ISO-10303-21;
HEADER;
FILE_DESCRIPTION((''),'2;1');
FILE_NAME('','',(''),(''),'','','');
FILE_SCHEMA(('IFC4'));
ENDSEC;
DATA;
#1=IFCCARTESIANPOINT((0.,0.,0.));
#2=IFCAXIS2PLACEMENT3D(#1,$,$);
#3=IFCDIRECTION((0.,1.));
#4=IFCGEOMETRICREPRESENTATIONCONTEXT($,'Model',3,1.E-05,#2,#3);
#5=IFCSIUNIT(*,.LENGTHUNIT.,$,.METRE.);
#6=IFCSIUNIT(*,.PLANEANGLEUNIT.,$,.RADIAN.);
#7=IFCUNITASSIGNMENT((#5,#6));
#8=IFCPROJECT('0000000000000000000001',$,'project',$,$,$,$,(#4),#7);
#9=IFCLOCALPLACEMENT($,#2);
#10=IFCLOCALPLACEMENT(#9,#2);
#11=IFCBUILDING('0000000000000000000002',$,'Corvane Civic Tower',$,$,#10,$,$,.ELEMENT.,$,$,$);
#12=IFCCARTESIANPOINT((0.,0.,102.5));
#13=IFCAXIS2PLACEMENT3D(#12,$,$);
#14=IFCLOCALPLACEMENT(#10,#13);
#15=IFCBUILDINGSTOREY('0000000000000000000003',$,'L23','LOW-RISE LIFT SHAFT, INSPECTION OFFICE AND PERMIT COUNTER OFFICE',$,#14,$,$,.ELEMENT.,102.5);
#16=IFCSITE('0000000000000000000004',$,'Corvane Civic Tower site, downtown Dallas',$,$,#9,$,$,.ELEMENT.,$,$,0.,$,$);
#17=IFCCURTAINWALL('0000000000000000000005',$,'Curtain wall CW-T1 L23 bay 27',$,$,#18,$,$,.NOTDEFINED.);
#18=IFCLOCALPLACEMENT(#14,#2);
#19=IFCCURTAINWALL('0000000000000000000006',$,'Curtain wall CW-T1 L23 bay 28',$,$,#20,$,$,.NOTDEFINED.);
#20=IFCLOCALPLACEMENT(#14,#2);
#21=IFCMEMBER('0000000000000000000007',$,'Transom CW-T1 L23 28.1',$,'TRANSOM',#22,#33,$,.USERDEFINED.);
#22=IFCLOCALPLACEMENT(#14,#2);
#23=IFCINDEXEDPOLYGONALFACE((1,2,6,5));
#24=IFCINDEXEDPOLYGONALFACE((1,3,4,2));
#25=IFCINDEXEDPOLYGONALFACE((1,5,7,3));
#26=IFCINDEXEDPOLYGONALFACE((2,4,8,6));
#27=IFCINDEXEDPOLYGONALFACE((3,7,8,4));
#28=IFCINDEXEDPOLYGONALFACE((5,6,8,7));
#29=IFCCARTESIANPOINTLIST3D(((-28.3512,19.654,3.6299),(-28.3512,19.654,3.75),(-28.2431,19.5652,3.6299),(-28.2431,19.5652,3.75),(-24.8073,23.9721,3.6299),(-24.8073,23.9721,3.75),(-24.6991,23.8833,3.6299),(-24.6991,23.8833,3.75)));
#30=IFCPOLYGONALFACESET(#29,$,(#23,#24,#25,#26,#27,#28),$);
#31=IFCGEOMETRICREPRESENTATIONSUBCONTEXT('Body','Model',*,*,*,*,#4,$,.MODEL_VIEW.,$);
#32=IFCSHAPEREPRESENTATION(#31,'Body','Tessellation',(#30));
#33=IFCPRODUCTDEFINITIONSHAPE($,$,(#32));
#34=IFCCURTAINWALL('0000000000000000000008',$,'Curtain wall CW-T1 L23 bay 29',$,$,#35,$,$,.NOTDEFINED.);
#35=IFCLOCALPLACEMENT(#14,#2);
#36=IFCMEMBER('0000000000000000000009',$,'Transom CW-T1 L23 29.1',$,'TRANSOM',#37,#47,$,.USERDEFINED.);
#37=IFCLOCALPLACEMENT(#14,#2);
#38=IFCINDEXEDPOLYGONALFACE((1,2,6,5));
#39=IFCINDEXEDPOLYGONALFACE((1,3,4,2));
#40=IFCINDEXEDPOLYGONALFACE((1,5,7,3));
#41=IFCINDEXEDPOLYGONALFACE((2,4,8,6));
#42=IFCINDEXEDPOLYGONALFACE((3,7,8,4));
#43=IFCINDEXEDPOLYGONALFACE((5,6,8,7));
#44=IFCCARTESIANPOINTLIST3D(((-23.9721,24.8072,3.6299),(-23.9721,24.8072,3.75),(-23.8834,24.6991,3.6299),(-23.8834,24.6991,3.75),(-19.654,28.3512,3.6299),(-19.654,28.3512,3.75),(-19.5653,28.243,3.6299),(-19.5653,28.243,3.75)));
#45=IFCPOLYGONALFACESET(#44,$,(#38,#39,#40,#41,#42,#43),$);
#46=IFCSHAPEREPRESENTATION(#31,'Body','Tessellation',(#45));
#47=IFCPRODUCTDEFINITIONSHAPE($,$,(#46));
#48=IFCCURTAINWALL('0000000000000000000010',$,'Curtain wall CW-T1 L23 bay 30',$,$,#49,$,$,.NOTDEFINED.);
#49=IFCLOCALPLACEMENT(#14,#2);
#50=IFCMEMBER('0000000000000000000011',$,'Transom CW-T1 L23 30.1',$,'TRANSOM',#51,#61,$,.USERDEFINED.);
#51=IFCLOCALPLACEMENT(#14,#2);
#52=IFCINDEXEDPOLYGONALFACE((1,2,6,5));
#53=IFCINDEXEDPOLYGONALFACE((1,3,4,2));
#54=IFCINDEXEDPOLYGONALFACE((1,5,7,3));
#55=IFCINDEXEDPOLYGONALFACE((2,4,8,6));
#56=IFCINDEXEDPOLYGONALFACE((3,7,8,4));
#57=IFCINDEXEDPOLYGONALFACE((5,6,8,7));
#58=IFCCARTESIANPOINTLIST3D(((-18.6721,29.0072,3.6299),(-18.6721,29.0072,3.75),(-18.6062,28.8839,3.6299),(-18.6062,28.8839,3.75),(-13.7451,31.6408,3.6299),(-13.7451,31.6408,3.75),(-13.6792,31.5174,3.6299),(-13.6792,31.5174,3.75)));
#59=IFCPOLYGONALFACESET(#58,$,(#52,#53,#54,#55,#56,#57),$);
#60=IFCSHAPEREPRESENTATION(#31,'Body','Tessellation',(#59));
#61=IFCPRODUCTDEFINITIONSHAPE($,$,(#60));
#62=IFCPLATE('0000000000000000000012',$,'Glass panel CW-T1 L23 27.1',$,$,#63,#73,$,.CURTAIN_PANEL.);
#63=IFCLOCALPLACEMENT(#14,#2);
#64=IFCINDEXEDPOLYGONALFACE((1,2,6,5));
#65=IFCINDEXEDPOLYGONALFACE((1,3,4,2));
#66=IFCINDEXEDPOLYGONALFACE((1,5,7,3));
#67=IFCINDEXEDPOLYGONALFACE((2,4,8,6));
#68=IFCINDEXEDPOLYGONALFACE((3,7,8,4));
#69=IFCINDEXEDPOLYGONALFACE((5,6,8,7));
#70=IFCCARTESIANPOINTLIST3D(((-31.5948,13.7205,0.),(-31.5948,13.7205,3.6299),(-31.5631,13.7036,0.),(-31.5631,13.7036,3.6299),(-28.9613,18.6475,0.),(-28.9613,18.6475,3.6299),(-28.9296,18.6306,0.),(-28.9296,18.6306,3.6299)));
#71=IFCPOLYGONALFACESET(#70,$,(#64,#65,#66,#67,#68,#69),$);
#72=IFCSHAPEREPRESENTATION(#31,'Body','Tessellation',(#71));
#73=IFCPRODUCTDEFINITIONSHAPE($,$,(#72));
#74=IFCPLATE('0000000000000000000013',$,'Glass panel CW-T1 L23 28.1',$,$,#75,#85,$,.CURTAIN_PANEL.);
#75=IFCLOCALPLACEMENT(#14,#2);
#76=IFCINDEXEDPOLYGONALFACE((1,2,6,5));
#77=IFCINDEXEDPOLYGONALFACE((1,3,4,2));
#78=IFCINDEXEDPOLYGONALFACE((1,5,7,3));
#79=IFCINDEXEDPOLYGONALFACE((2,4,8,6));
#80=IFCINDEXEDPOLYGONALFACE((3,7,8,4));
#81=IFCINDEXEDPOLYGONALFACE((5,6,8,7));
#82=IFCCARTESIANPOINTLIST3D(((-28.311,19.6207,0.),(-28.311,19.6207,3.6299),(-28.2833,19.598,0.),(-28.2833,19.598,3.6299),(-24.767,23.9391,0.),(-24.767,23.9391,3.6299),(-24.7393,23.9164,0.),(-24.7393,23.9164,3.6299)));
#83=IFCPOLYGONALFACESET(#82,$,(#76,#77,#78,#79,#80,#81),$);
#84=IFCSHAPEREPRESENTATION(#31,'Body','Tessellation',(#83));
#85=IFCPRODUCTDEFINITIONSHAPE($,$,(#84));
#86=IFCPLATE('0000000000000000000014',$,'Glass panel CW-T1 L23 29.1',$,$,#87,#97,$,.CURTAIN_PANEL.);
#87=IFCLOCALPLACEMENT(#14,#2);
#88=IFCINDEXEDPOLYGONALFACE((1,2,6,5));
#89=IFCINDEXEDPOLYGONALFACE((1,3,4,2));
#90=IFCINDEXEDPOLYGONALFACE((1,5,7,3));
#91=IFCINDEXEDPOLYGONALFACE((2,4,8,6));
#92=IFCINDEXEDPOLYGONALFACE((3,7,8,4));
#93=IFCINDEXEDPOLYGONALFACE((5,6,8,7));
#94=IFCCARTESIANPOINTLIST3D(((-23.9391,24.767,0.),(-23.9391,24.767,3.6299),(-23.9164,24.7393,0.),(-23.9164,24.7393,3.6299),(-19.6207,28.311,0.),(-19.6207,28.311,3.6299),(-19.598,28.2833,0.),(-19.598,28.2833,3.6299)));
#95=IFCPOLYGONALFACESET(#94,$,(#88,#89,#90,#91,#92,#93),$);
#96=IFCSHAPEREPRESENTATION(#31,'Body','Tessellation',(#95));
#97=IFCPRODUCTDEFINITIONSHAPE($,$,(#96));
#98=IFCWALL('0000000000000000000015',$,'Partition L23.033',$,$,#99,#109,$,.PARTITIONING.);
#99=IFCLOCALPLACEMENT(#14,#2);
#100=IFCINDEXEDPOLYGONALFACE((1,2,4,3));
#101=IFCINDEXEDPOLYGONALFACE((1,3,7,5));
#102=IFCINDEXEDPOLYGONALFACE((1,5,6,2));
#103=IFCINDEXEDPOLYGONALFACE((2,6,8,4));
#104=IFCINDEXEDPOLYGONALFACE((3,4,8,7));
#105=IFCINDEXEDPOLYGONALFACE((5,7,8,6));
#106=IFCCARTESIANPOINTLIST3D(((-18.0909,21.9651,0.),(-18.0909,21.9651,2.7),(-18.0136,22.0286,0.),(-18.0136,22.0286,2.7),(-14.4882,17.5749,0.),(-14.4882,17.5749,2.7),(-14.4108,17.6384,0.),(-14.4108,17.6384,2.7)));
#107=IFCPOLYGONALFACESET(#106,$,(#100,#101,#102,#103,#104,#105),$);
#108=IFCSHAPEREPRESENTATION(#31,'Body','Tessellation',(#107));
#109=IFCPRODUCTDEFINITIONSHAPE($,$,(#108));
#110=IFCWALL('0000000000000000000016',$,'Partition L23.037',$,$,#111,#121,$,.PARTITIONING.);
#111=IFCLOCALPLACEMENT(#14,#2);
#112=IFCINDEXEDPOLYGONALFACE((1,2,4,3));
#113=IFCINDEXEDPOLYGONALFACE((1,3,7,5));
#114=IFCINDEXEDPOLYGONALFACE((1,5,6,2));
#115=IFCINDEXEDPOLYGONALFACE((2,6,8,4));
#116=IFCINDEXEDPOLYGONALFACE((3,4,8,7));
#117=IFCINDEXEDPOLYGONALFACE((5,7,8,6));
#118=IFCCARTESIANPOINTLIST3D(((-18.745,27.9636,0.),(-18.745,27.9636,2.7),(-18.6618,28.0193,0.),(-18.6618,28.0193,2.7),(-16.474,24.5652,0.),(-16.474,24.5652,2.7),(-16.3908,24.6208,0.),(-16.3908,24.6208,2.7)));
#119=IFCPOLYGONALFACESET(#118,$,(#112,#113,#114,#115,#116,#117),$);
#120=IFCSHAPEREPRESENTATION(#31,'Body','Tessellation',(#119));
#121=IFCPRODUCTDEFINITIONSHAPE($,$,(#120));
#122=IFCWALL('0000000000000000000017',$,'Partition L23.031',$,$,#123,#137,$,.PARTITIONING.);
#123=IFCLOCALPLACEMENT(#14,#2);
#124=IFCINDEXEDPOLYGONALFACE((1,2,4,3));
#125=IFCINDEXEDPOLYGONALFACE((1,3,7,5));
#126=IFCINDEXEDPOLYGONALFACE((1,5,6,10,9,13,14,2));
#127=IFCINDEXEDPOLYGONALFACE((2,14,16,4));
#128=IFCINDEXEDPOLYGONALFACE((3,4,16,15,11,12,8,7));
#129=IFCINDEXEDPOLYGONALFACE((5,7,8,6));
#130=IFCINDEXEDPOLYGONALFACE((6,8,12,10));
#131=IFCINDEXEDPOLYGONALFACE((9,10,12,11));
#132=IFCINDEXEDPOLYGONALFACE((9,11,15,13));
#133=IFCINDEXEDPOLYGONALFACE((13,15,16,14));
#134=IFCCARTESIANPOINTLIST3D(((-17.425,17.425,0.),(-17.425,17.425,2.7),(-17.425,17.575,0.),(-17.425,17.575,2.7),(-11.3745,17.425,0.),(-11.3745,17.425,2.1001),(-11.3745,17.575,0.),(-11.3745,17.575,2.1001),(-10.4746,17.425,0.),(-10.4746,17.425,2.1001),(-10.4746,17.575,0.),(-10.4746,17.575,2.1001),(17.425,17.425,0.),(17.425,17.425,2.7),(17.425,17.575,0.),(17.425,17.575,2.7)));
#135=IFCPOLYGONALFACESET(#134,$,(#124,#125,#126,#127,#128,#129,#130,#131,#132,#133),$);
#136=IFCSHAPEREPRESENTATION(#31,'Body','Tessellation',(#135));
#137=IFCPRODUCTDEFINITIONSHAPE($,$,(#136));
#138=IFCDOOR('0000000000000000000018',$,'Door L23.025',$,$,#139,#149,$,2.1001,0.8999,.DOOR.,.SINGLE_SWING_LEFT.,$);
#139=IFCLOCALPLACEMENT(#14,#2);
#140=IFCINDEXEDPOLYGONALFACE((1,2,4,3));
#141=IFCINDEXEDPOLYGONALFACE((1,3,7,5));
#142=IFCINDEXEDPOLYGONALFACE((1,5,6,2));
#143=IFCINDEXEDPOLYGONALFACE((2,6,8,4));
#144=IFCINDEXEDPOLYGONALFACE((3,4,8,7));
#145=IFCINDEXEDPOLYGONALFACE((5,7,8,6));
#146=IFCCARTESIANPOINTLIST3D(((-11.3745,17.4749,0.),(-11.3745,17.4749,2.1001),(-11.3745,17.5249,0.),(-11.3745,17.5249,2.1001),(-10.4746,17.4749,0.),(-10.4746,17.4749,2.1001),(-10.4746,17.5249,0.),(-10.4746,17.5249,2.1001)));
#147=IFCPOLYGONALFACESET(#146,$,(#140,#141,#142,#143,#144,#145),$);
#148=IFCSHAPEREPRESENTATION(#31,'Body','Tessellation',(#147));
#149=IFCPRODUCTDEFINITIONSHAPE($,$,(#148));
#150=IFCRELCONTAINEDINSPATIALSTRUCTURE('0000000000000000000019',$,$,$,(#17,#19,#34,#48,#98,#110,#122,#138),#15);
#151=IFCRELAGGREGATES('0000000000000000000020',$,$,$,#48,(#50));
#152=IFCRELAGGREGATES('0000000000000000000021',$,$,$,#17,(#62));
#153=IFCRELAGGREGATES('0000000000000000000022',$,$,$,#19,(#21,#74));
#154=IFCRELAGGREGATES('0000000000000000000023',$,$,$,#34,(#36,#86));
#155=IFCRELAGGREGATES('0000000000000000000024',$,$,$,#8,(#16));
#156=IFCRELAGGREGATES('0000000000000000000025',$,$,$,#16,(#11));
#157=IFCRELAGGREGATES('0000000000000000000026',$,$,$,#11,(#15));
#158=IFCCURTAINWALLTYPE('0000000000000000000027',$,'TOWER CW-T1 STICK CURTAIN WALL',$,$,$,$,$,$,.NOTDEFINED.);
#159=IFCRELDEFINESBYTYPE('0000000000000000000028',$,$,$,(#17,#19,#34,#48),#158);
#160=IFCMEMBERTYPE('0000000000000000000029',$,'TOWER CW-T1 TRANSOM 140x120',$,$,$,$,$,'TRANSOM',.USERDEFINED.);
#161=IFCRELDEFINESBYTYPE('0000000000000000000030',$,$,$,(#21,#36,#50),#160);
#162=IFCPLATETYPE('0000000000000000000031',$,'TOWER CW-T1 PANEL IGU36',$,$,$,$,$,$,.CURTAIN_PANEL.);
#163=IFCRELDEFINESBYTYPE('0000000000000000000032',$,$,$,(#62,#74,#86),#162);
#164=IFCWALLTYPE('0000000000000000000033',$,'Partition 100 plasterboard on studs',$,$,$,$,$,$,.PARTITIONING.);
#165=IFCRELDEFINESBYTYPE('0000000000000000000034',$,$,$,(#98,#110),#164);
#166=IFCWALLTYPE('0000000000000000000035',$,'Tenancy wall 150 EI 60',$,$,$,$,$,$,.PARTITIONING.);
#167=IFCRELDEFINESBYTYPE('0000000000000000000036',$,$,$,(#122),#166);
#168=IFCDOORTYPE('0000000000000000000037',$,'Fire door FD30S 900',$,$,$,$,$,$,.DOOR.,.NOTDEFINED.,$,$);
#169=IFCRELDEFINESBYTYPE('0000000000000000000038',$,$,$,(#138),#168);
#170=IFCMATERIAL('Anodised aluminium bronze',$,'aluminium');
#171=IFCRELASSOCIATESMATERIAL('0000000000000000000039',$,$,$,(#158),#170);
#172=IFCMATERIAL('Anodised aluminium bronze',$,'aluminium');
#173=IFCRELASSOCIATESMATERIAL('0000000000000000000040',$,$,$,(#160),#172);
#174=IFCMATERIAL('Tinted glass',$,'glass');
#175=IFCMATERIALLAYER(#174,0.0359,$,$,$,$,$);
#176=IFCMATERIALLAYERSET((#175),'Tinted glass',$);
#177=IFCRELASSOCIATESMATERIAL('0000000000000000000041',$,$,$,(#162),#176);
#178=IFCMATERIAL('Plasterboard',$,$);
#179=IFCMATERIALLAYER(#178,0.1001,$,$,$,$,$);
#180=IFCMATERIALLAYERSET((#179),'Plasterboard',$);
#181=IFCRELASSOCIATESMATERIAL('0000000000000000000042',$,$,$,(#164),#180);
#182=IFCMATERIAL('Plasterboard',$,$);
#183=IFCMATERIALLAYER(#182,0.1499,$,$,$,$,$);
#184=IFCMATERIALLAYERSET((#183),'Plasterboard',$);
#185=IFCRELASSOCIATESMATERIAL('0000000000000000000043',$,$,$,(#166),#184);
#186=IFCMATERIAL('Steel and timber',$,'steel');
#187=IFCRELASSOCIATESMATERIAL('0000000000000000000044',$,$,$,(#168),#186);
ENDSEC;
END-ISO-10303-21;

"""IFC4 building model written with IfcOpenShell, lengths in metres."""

from ifc_helpers import new_model, si_unit, direction, frame, frame_2d, origin, origin_2d, place, context, subcontext, project, spatial, rectangle, extrude, material, layer, layer_set, material_profile, profile_set, type_object, element, fill, aggregate, save


model = new_model("IFC4")

# Units and contexts
model_context = context("Model", 3, precision=1e-05, world=origin(), true_north=direction((0.0, 1.0)))
body_context = subcontext(model_context, "Body", "Model", "MODEL_VIEW")
ifc_project = project(units=[si_unit("LENGTHUNIT", "METRE"), si_unit("PLANEANGLEUNIT", "RADIAN")], contexts=[model_context])

# Site, building, storey
site_placement = place(None, origin())
site = spatial("IfcSite", under=ifc_project, at=site_placement, Name="Corvane Civic Tower site, downtown Dallas", CompositionType="ELEMENT", RefElevation=0.0)
building_placement = place(site_placement, origin())
building = spatial("IfcBuilding", under=site, at=building_placement, Name="Corvane Civic Tower", CompositionType="ELEMENT")
storey_placement = place(building_placement, frame((0.0, 0.0, 102.5)))
storey = spatial("IfcBuildingStorey", under=building, at=storey_placement, Name="L23", Description="LOW-RISE LIFT SHAFT, INSPECTION OFFICE AND PERMIT COUNTER OFFICE", CompositionType="ELEMENT", Elevation=102.5)

# Curtain walls, members
ifc_material_1 = material(Name="Anodised aluminium bronze", Category="aluminium")
curtain_wall_type = type_object("IfcCurtainWallType", Name="TOWER CW-T1 STICK CURTAIN WALL", PredefinedType="NOTDEFINED", material=ifc_material_1)
curtain_wall_1_placement = place(storey_placement, origin())
curtain_wall_1 = element("IfcCurtainWall", 1, at=curtain_wall_1_placement, inside=storey, type_object=curtain_wall_type, Name="Curtain wall CW-T1 L23 bay 27", PredefinedType="NOTDEFINED")
ifc_material_2 = material(Name="Anodised aluminium bronze", Category="aluminium")
ifc_material_profile_1 = material_profile(ifc_material_2, rectangle(XDim=0.1399, YDim=0.1201, at=origin_2d()), Name="TOWER CW-T1 TRANSOM 140x120")
ifc_profile_set_1 = profile_set([ifc_material_profile_1], Name="Anodised aluminium bronze")
member_type = type_object("IfcMemberType", Name="TOWER CW-T1 TRANSOM 140x120", ElementType="TRANSOM", PredefinedType="USERDEFINED", material=ifc_profile_set_1)
curtain_wall_2_placement = place(storey_placement, origin())
curtain_wall_2 = element("IfcCurtainWall", 2, at=curtain_wall_2_placement, inside=storey, type_object=curtain_wall_type, Name="Curtain wall CW-T1 L23 bay 28", PredefinedType="NOTDEFINED")
member_1_placement = place(storey_placement, frame((-28.2971, 19.6096, 3.6899), z_axis=(0.63441, 0.772996, 0.0), x_axis=(-0.772996, 0.63441, 0.0)))
member_1 = element("IfcMember", 3, at=member_1_placement, type_object=member_type, Name="Transom CW-T1 L23 28.1", ObjectType="TRANSOM", PredefinedType="USERDEFINED", context=body_context, shape_type="SweptSolid", body=[
    extrude(rectangle(XDim=0.1399, YDim=0.1201, at=origin_2d()), origin(), (0.0, 0.0, 1.0), 5.5862),
])
curtain_wall_3_placement = place(storey_placement, origin())
curtain_wall_3 = element("IfcCurtainWall", 4, at=curtain_wall_3_placement, inside=storey, type_object=curtain_wall_type, Name="Curtain wall CW-T1 L23 bay 29", PredefinedType="NOTDEFINED")
member_2_placement = place(storey_placement, frame((-23.9277, 24.7532, 3.6899), z_axis=(0.772996, 0.63441, 0.0), x_axis=(-0.63441, 0.772996, 0.0)))
member_2 = element("IfcMember", 5, at=member_2_placement, type_object=member_type, Name="Transom CW-T1 L23 29.1", ObjectType="TRANSOM", PredefinedType="USERDEFINED", context=body_context, shape_type="SweptSolid", body=[
    extrude(rectangle(XDim=0.1399, YDim=0.1201, at=origin_2d()), origin(), (0.0, 0.0, 1.0), 5.5862),
])
curtain_wall_4_placement = place(storey_placement, origin())
curtain_wall_4 = element("IfcCurtainWall", 6, at=curtain_wall_4_placement, inside=storey, type_object=curtain_wall_type, Name="Curtain wall CW-T1 L23 bay 30", PredefinedType="NOTDEFINED")
member_3_placement = place(storey_placement, frame((-18.6392, 28.9456, 3.6899), z_axis=(0.881921, 0.471398, 0.0), x_axis=(-0.471398, 0.881921, 0.0)))
member_3 = element("IfcMember", 7, at=member_3_placement, type_object=member_type, Name="Transom CW-T1 L23 30.1", ObjectType="TRANSOM", PredefinedType="USERDEFINED", context=body_context, shape_type="SweptSolid", body=[
    extrude(rectangle(XDim=0.1399, YDim=0.1201, at=origin_2d()), origin(), (0.0, 0.0, 1.0), 5.5867),
])
aggregate(curtain_wall_4, [member_3])

# Plates
ifc_material_3 = material(Name="Tinted glass", Category="glass")
ifc_layer_1 = layer(ifc_material_3, 0.0359)
ifc_layer_set_1 = layer_set([ifc_layer_1], Name="Tinted glass")
plate_type = type_object("IfcPlateType", Name="TOWER CW-T1 PANEL IGU36", PredefinedType="CURTAIN_PANEL", material=ifc_layer_set_1)
plate_1_placement = place(storey_placement, frame((-30.2622, 16.1755, 0.0), z_axis=(0.0, 0.0, 1.0), x_axis=(0.471392, 0.881924, 0.0)))
plate_1 = element("IfcPlate", 8, at=plate_1_placement, type_object=plate_type, Name="Glass panel CW-T1 L23 27.1", PredefinedType="CURTAIN_PANEL", context=body_context, shape_type="SweptSolid", body=[
    extrude(rectangle(XDim=5.5867, YDim=0.0359, at=origin_2d()), origin(), (0.0, 0.0, 1.0), 3.6299),
])
aggregate(curtain_wall_1, [plate_1])
plate_2_placement = place(storey_placement, frame((-26.5251, 21.7686, 0.0), z_axis=(0.0, 0.0, 1.0), x_axis=(0.63439, 0.773013, 0.0)))
plate_2 = element("IfcPlate", 9, at=plate_2_placement, type_object=plate_type, Name="Glass panel CW-T1 L23 28.1", PredefinedType="CURTAIN_PANEL", context=body_context, shape_type="SweptSolid", body=[
    extrude(rectangle(XDim=5.5864, YDim=0.0359, at=origin_2d()), origin(), (0.0, 0.0, 1.0), 3.6299),
])
aggregate(curtain_wall_2, [member_1, plate_2])
plate_3_placement = place(storey_placement, frame((-21.7686, 26.5251, 0.0), z_axis=(0.0, 0.0, 1.0), x_axis=(0.773013, 0.63439, 0.0)))
plate_3 = element("IfcPlate", 10, at=plate_3_placement, type_object=plate_type, Name="Glass panel CW-T1 L23 29.1", PredefinedType="CURTAIN_PANEL", context=body_context, shape_type="SweptSolid", body=[
    extrude(rectangle(XDim=5.5864, YDim=0.0359, at=origin_2d()), origin(), (0.0, 0.0, 1.0), 3.6299),
])
aggregate(curtain_wall_3, [member_2, plate_3])

# Walls
ifc_material_4 = material(Name="Plasterboard")
ifc_layer_2 = layer(ifc_material_4, 0.1001)
ifc_layer_set_2 = layer_set([ifc_layer_2], Name="Plasterboard")
wall_type_1 = type_object("IfcWallType", Name="Partition 100 plasterboard on studs", PredefinedType="PARTITIONING", material=ifc_layer_set_2)
wall_1_placement = place(storey_placement, frame((-18.0522, 21.9968, 0.0), z_axis=(0.0, 0.0, 1.0), x_axis=(0.634382, -0.77302, 0.0)))
element("IfcWall", 11, at=wall_1_placement, inside=storey, type_object=wall_type_1, Name="Partition L23.033", PredefinedType="PARTITIONING", context=body_context, shape_type="SweptSolid", body=[
    extrude(rectangle(XDim=5.6792, YDim=0.1001, at=frame_2d((2.8396, 0.0))), origin(), (0.0, 0.0, 1.0), 2.7),
])
wall_2_placement = place(storey_placement, frame((-18.7034, 27.9915, 0.0), z_axis=(0.0, 0.0, 1.0), x_axis=(0.55561, -0.831443, 0.0)))
element("IfcWall", 12, at=wall_2_placement, inside=storey, type_object=wall_type_1, Name="Partition L23.037", PredefinedType="PARTITIONING", context=body_context, shape_type="SweptSolid", body=[
    extrude(rectangle(XDim=4.0874, YDim=0.1001, at=frame_2d((2.0437, 0.0))), origin(), (0.0, 0.0, 1.0), 2.7),
])

# Wall, opening, door
ifc_material_5 = material(Name="Plasterboard")
ifc_layer_3 = layer(ifc_material_5, 0.1499)
ifc_layer_set_3 = layer_set([ifc_layer_3], Name="Plasterboard")
wall_type_2 = type_object("IfcWallType", Name="Tenancy wall 150 EI 60", PredefinedType="PARTITIONING", material=ifc_layer_set_3)
wall_3_placement = place(storey_placement, frame((-17.425, 17.5, 0.0), z_axis=(0.0, 0.0, 1.0), x_axis=(1.0, 0.0, 0.0)))
wall_3 = element("IfcWall", 13, at=wall_3_placement, inside=storey, type_object=wall_type_2, Name="Partition L23.031", PredefinedType="PARTITIONING", context=body_context, shape_type="SweptSolid", body=[
    extrude(rectangle(XDim=34.8501, YDim=0.1499, at=frame_2d((17.425, 0.0))), origin(), (0.0, 0.0, 1.0), 2.7),
])
opening_placement = place(wall_3_placement, frame((6.0505, 0.0, 0.0)))
opening = element("IfcOpeningElement", 14, at=opening_placement, cuts=wall_3, PredefinedType="OPENING", context=body_context, shape_type="SweptSolid", body=[
    extrude(rectangle(XDim=0.8999, YDim=2.1001, at=frame_2d((0.45, 1.05))), frame((0.0, 0.085, 0.0), z_axis=(0.0, -1.0, 0.0), x_axis=(1.0, 0.0, 0.0)), (0.0, 0.0, 1.0), 0.1699),
])
ifc_material_6 = material(Name="Steel and timber", Category="steel")
door_type = type_object("IfcDoorType", Name="Fire door FD30S 900", OperationType="NOTDEFINED", PredefinedType="DOOR", material=ifc_material_6)
door_placement = place(opening_placement, origin())
door = element("IfcDoor", 15, at=door_placement, inside=storey, type_object=door_type, Name="Door L23.025", OperationType="SINGLE_SWING_LEFT", OverallHeight=2.1001, OverallWidth=0.8999, PredefinedType="DOOR", context=body_context, shape_type="SweptSolid", body=[
    extrude(rectangle(XDim=0.8999, YDim=2.1001, at=frame_2d((0.45, 1.05))), frame((0.0, 0.0249, 0.0), z_axis=(0.0, -1.0, 0.0), x_axis=(1.0, 0.0, 0.0)), (0.0, 0.0, 1.0), 0.05),
])
fill(opening, door)

save(model, "model.ifc")
